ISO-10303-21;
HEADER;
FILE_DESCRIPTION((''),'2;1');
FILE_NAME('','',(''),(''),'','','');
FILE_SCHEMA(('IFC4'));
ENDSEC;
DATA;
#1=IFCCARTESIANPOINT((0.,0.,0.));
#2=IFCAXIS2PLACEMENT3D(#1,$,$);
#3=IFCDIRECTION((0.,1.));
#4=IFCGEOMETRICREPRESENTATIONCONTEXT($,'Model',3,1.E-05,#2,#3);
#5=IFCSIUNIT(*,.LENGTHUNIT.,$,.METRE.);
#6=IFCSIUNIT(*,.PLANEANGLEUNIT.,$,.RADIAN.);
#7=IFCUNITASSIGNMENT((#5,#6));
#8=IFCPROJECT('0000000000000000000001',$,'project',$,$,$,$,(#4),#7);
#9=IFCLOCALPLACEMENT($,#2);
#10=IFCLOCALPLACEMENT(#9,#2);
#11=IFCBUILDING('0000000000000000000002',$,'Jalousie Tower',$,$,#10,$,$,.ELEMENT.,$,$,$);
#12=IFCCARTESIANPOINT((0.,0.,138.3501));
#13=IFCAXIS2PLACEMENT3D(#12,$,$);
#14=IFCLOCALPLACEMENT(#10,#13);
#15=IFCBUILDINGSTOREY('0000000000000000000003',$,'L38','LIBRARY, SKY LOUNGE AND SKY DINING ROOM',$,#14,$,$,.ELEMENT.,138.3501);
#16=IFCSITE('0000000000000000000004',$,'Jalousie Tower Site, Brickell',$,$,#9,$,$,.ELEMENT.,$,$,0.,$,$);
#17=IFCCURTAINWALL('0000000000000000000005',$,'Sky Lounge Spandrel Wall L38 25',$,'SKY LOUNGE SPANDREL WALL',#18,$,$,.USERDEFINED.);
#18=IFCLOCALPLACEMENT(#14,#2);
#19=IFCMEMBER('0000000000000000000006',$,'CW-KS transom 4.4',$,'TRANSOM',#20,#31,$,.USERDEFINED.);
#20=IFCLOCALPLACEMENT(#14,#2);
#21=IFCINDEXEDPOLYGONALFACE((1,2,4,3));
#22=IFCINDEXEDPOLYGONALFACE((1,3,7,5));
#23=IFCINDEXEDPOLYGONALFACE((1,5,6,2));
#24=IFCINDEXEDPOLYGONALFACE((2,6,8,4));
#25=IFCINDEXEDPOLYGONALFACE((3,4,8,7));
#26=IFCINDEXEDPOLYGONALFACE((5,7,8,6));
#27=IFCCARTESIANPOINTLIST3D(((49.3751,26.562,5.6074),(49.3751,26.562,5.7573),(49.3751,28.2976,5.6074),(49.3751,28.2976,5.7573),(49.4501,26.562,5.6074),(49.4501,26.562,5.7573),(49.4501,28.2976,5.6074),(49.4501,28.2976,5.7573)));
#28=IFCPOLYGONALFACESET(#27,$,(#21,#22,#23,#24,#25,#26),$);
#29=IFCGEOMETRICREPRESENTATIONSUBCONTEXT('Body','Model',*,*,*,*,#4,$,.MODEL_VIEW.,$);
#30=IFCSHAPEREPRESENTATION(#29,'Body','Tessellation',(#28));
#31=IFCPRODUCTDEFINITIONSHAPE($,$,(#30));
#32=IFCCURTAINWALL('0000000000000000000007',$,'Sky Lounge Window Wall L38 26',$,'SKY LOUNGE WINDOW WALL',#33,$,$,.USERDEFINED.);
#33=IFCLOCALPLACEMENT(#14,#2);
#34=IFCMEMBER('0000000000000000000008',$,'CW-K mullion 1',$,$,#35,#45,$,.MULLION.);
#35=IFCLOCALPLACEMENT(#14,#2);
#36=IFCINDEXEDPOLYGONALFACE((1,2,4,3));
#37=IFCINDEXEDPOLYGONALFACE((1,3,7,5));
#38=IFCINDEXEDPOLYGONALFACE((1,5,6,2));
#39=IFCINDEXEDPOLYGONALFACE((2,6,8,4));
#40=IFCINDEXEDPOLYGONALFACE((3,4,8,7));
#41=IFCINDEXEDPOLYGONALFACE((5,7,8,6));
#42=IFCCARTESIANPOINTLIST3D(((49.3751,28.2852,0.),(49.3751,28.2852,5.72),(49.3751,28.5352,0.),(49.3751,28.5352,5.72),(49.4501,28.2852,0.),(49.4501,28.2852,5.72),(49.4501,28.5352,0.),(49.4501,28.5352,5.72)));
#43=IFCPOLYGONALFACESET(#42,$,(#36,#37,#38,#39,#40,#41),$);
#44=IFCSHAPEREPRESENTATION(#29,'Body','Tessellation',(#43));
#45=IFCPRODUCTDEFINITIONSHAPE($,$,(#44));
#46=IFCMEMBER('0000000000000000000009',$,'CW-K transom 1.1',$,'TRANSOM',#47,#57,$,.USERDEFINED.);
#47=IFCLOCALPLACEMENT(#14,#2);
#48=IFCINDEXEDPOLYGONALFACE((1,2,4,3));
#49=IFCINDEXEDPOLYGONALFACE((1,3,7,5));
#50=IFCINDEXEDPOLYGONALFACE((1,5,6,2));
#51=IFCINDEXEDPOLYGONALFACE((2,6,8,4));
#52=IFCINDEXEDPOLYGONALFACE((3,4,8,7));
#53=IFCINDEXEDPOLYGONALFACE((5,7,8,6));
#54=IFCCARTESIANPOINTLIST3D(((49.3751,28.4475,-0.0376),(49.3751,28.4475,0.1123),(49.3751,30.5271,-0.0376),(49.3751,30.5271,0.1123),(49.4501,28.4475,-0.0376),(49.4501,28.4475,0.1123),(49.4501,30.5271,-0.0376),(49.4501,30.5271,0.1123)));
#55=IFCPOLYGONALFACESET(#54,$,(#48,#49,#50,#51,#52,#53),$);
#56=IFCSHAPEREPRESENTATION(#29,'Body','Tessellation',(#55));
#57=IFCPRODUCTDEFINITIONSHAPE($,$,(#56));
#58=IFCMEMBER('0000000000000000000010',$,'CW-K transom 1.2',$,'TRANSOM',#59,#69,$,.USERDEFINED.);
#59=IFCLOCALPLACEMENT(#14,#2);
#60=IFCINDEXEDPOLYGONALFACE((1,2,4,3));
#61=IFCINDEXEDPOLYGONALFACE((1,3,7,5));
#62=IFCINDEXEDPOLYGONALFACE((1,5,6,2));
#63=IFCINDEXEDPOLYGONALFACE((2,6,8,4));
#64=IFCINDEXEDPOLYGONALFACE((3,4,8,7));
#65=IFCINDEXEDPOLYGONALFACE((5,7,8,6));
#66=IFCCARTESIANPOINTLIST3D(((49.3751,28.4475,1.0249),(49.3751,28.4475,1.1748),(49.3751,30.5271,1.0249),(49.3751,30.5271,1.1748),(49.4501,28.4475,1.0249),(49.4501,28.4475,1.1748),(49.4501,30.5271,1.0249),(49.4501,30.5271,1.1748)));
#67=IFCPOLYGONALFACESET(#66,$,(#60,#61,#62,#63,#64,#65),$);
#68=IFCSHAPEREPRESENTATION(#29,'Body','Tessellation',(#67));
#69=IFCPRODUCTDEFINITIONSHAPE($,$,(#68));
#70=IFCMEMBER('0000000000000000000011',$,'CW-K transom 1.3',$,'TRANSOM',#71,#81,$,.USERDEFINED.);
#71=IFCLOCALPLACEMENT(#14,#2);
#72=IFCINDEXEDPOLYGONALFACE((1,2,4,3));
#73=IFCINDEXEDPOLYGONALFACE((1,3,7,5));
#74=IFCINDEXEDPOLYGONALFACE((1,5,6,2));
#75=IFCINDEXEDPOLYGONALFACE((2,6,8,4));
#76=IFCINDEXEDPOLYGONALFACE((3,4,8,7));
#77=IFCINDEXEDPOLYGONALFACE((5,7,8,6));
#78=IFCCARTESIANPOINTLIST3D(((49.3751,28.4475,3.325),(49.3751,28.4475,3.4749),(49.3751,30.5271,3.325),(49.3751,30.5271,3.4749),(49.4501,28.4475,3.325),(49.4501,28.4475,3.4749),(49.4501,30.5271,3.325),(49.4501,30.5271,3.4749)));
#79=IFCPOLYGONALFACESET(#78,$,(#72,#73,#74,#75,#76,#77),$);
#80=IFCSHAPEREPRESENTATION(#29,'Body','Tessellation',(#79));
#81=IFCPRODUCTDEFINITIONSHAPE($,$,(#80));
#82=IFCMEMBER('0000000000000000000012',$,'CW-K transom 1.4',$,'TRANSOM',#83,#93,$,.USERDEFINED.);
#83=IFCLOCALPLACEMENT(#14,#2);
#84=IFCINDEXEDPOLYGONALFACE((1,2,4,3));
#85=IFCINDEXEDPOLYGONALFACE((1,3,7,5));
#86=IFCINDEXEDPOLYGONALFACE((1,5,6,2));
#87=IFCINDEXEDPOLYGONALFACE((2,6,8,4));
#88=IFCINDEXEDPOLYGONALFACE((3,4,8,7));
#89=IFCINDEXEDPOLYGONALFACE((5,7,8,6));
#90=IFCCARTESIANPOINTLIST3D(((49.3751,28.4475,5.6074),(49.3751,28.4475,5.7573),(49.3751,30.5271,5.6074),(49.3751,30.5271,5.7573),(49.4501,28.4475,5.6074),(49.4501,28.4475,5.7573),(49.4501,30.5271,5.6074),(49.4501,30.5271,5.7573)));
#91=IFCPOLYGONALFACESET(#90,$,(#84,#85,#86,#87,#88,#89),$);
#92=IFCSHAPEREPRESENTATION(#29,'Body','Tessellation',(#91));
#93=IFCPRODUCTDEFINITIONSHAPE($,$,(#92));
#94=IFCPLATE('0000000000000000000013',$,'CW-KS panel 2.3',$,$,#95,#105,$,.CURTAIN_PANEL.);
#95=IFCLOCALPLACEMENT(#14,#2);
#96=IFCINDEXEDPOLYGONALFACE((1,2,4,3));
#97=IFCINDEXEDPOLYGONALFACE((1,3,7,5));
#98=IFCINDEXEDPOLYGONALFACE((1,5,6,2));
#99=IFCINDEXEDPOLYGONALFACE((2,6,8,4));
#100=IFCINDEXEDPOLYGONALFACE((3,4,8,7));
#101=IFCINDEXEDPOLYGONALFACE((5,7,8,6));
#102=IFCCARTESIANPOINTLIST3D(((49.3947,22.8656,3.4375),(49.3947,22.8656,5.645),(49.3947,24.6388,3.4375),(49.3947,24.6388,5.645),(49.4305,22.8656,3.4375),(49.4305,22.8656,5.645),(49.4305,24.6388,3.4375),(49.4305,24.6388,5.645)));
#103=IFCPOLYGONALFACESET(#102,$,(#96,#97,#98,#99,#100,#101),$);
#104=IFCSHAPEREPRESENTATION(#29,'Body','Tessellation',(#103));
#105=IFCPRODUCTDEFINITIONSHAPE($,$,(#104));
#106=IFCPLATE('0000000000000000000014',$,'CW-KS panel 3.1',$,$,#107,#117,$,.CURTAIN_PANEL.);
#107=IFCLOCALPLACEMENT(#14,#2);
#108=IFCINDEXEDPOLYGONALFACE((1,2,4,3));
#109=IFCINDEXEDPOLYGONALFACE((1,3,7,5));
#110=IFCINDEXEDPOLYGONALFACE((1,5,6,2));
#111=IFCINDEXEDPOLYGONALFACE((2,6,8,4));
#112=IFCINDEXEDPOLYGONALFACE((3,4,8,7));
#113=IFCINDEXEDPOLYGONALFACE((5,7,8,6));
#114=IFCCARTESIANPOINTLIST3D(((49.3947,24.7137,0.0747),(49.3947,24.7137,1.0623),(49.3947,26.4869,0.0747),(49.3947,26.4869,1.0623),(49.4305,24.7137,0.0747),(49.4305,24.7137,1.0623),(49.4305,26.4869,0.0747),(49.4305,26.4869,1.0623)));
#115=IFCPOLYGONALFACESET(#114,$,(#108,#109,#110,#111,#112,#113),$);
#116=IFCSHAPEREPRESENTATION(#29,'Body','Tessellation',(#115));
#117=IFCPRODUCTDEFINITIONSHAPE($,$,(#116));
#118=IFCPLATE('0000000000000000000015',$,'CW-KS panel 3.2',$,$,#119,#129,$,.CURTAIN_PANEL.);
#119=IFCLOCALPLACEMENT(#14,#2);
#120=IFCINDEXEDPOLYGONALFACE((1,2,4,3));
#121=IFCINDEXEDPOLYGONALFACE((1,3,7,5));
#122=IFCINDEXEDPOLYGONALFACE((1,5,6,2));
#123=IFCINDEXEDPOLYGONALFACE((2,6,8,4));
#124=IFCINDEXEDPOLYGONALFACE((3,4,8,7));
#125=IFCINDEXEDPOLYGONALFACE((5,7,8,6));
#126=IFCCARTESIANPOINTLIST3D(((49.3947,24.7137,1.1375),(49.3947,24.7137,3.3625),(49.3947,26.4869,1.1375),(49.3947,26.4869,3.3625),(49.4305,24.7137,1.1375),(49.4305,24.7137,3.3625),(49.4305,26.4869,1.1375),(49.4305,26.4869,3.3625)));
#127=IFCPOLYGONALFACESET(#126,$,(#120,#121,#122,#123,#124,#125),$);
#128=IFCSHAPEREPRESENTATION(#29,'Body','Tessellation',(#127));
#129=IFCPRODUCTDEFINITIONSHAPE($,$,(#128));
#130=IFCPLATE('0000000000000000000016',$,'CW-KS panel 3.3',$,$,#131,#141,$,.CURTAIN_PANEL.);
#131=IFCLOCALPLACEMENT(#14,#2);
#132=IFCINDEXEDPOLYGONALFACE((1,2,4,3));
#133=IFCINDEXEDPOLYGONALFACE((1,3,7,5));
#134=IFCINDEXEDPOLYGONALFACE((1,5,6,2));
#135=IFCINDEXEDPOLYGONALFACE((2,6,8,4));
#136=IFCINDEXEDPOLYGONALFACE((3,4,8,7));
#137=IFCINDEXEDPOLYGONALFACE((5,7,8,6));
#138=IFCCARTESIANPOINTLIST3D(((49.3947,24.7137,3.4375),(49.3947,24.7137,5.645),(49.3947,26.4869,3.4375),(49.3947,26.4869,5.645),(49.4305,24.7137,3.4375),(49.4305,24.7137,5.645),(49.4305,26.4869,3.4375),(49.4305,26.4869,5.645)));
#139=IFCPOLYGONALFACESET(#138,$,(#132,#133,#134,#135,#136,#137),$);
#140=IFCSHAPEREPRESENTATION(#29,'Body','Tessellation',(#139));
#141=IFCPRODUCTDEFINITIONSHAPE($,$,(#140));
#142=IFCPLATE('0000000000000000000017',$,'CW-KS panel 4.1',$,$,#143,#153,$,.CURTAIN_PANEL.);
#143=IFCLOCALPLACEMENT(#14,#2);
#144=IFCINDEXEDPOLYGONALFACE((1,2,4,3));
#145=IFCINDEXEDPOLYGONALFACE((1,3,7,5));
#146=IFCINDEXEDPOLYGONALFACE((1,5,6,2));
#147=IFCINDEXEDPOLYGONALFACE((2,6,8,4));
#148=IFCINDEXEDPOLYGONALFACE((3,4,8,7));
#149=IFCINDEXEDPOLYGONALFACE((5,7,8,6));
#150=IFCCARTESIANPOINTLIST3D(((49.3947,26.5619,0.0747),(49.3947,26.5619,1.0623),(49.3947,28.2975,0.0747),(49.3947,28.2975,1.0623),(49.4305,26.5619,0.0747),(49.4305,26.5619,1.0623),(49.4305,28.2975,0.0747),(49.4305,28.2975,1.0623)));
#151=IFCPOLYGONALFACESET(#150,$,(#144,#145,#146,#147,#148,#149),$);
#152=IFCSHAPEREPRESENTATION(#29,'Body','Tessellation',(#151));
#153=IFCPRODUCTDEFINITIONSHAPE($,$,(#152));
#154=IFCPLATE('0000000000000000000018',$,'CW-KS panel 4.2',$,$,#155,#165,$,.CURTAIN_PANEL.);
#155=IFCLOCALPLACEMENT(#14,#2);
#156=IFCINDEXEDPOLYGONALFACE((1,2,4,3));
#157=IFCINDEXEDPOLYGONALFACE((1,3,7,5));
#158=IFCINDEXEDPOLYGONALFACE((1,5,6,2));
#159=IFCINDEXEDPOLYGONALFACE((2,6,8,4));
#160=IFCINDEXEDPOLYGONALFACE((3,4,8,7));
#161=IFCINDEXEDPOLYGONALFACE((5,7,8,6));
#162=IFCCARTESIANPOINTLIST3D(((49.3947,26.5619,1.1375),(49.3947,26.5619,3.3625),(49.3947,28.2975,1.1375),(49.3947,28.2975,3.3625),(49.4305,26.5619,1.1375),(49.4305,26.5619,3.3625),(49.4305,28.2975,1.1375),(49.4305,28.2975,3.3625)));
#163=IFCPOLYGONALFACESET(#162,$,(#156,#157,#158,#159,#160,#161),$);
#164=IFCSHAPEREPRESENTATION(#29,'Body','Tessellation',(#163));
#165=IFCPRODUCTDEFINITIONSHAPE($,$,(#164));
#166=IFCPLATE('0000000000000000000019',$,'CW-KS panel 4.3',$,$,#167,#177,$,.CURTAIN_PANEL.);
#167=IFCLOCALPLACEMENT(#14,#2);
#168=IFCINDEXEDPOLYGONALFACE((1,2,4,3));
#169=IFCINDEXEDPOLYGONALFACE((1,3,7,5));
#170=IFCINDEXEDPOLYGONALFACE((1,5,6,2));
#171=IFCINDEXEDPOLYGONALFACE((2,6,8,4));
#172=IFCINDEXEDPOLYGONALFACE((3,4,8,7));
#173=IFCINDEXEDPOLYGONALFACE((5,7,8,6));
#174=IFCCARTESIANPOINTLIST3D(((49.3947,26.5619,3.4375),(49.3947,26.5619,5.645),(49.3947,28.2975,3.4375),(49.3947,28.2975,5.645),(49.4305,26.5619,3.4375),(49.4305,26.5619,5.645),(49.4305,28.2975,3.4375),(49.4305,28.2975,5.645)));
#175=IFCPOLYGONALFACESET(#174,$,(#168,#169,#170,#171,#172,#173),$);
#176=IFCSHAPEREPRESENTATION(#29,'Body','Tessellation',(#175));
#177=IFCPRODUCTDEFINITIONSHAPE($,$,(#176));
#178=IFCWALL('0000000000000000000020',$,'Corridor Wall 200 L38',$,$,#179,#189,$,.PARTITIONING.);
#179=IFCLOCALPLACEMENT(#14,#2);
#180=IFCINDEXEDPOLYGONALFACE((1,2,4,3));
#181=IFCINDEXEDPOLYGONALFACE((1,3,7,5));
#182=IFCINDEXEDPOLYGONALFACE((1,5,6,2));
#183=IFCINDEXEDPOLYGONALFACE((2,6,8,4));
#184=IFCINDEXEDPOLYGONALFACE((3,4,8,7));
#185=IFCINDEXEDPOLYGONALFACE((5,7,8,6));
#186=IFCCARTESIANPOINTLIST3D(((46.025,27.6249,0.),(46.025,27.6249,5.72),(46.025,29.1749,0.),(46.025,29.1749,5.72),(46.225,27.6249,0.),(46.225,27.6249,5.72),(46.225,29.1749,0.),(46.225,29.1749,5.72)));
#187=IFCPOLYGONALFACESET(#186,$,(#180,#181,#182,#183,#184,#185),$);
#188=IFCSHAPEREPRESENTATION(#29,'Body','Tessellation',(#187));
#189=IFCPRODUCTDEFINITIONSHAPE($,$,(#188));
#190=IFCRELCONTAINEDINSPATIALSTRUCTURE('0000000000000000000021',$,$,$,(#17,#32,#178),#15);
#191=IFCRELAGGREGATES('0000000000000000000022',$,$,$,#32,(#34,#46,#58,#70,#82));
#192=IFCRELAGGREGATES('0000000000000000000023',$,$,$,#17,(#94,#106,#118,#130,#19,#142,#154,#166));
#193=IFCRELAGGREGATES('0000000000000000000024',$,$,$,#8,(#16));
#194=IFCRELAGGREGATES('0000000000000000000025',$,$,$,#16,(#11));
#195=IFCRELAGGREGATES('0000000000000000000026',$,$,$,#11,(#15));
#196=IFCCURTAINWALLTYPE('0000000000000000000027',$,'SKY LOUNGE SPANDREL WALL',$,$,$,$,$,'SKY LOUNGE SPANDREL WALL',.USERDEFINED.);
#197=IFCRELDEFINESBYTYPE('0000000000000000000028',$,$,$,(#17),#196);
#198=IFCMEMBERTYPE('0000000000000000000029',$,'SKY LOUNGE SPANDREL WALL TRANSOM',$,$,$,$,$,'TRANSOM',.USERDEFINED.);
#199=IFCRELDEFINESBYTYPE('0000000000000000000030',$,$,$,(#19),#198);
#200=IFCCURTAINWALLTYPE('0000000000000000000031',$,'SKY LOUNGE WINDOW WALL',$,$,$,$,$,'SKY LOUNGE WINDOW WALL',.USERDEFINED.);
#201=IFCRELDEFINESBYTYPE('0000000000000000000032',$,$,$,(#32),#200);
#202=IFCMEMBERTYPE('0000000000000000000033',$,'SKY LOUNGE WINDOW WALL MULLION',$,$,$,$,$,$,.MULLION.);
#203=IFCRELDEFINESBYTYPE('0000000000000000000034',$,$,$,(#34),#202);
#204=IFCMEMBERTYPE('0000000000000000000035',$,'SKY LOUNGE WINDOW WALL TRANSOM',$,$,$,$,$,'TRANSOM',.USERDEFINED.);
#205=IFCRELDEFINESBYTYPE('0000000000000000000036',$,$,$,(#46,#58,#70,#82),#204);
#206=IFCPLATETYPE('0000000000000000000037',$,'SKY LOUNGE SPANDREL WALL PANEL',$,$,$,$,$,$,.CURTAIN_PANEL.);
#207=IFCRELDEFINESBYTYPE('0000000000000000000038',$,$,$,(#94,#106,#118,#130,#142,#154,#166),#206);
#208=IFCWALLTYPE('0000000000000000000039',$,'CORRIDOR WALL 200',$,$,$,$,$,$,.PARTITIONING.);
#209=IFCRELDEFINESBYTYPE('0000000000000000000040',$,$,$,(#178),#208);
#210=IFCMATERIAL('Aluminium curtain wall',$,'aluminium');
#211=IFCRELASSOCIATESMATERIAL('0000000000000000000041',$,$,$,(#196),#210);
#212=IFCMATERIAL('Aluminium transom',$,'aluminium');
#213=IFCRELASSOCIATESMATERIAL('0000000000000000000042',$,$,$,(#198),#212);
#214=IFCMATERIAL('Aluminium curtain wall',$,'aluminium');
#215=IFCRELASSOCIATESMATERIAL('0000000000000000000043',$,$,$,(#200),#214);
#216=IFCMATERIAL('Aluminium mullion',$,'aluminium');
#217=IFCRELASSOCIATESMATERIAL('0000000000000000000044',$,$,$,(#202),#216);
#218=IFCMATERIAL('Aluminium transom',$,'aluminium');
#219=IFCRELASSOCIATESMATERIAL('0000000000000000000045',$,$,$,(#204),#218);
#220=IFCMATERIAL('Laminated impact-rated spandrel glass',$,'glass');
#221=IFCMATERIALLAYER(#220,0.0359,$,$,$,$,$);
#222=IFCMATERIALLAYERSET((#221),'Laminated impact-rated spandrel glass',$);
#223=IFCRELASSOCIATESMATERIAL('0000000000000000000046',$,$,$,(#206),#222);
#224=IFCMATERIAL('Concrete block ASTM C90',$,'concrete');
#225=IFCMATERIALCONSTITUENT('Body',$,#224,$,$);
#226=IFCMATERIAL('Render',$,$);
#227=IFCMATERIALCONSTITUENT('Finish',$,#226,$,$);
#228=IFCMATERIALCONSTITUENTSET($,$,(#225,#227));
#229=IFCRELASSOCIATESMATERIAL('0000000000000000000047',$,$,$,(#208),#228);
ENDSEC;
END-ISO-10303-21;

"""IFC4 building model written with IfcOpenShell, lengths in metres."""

from ifc_helpers import new_model, si_unit, direction, frame, frame_2d, origin, origin_2d, place, context, subcontext, project, spatial, rectangle, extrude, material, layer, layer_set, constituent, constituent_set, material_profile, profile_set, type_object, element, aggregate, save


model = new_model("IFC4")

# Units and contexts
model_context = context("Model", 3, precision=1e-05, world=origin(), true_north=direction((0.0, 1.0)))
body_context = subcontext(model_context, "Body", "Model", "MODEL_VIEW")
ifc_project = project(units=[si_unit("LENGTHUNIT", "METRE"), si_unit("PLANEANGLEUNIT", "RADIAN")], contexts=[model_context])

# Site, building, storey
site_placement = place(None, origin())
site = spatial("IfcSite", under=ifc_project, at=site_placement, Name="Jalousie Tower Site, Brickell", CompositionType="ELEMENT", RefElevation=0.0)
building_placement = place(site_placement, origin())
building = spatial("IfcBuilding", under=site, at=building_placement, Name="Jalousie Tower", CompositionType="ELEMENT")
storey_placement = place(building_placement, frame((0.0, 0.0, 138.3501)))
storey = spatial("IfcBuildingStorey", under=building, at=storey_placement, Name="L38", Description="LIBRARY, SKY LOUNGE AND SKY DINING ROOM", CompositionType="ELEMENT", Elevation=138.3501)

# Curtain walls, members
ifc_material_1 = material(Name="Aluminium curtain wall", Category="aluminium")
curtain_wall_type_1 = type_object("IfcCurtainWallType", Name="SKY LOUNGE SPANDREL WALL", ElementType="SKY LOUNGE SPANDREL WALL", PredefinedType="USERDEFINED", material=ifc_material_1)
curtain_wall_1_placement = place(storey_placement, origin())
curtain_wall_1 = element("IfcCurtainWall", 1, at=curtain_wall_1_placement, inside=storey, type_object=curtain_wall_type_1, Name="Sky Lounge Spandrel Wall L38 25", ObjectType="SKY LOUNGE SPANDREL WALL", PredefinedType="USERDEFINED")
ifc_material_2 = material(Name="Aluminium transom", Category="aluminium")
ifc_material_profile_1 = material_profile(ifc_material_2, rectangle(XDim=0.075, YDim=0.1499, at=origin_2d()), Name="TRANSOM 75x150")
ifc_profile_set_1 = profile_set([ifc_material_profile_1], Name="Aluminium transom")
member_type_1 = type_object("IfcMemberType", Name="SKY LOUNGE SPANDREL WALL TRANSOM", ElementType="TRANSOM", PredefinedType="USERDEFINED", material=ifc_profile_set_1)
member_1_placement = place(storey_placement, frame((49.4126, 26.562, 5.6824), z_axis=(0.0, 1.0, 0.0), x_axis=(-1.0, 0.0, 0.0)))
member_1 = element("IfcMember", 2, at=member_1_placement, type_object=member_type_1, Name="CW-KS transom 4.4", ObjectType="TRANSOM", PredefinedType="USERDEFINED", context=body_context, shape_type="SweptSolid", body=[
    extrude(rectangle(XDim=0.075, YDim=0.1499, at=origin_2d()), origin(), (0.0, 0.0, 1.0), 1.7356),
])
ifc_material_3 = material(Name="Aluminium curtain wall", Category="aluminium")
curtain_wall_type_2 = type_object("IfcCurtainWallType", Name="SKY LOUNGE WINDOW WALL", ElementType="SKY LOUNGE WINDOW WALL", PredefinedType="USERDEFINED", material=ifc_material_3)
curtain_wall_2_placement = place(storey_placement, origin())
curtain_wall_2 = element("IfcCurtainWall", 3, at=curtain_wall_2_placement, inside=storey, type_object=curtain_wall_type_2, Name="Sky Lounge Window Wall L38 26", ObjectType="SKY LOUNGE WINDOW WALL", PredefinedType="USERDEFINED")
ifc_material_4 = material(Name="Aluminium mullion", Category="aluminium")
ifc_material_profile_2 = material_profile(ifc_material_4, rectangle(XDim=0.075, YDim=0.25, at=origin_2d()), Name="MULLION 75x250")
ifc_profile_set_2 = profile_set([ifc_material_profile_2], Name="Aluminium mullion")
member_type_2 = type_object("IfcMemberType", Name="SKY LOUNGE WINDOW WALL MULLION", PredefinedType="MULLION", material=ifc_profile_set_2)
member_2_placement = place(storey_placement, frame((49.4126, 28.4102, 0.0), z_axis=(0.0, 0.0, 1.0), x_axis=(-1.0, 0.0, 0.0)))
member_2 = element("IfcMember", 4, at=member_2_placement, type_object=member_type_2, Name="CW-K mullion 1", PredefinedType="MULLION", context=body_context, shape_type="SweptSolid", body=[
    extrude(rectangle(XDim=0.075, YDim=0.25, at=origin_2d()), origin(), (0.0, 0.0, 1.0), 5.72),
])
ifc_material_5 = material(Name="Aluminium transom", Category="aluminium")
ifc_material_profile_3 = material_profile(ifc_material_5, rectangle(XDim=0.075, YDim=0.1499, at=origin_2d()), Name="TRANSOM 75x150")
ifc_profile_set_3 = profile_set([ifc_material_profile_3], Name="Aluminium transom")
member_type_3 = type_object("IfcMemberType", Name="SKY LOUNGE WINDOW WALL TRANSOM", ElementType="TRANSOM", PredefinedType="USERDEFINED", material=ifc_profile_set_3)
member_3_placement = place(storey_placement, frame((49.4126, 28.4475, 0.0374), z_axis=(0.0, 1.0, 0.0), x_axis=(-1.0, 0.0, 0.0)))
member_3 = element("IfcMember", 5, at=member_3_placement, type_object=member_type_3, Name="CW-K transom 1.1", ObjectType="TRANSOM", PredefinedType="USERDEFINED", context=body_context, shape_type="SweptSolid", body=[
    extrude(rectangle(XDim=0.075, YDim=0.1499, at=origin_2d()), origin(), (0.0, 0.0, 1.0), 2.0796),
])
member_4_placement = place(storey_placement, frame((49.4126, 28.4475, 1.0999), z_axis=(0.0, 1.0, 0.0), x_axis=(-1.0, 0.0, 0.0)))
member_4 = element("IfcMember", 6, at=member_4_placement, type_object=member_type_3, Name="CW-K transom 1.2", ObjectType="TRANSOM", PredefinedType="USERDEFINED", context=body_context, shape_type="SweptSolid", body=[
    extrude(rectangle(XDim=0.075, YDim=0.1499, at=origin_2d()), origin(), (0.0, 0.0, 1.0), 2.0796),
])
member_5_placement = place(storey_placement, frame((49.4126, 28.4475, 3.3999), z_axis=(0.0, 1.0, 0.0), x_axis=(-1.0, 0.0, 0.0)))
member_5 = element("IfcMember", 7, at=member_5_placement, type_object=member_type_3, Name="CW-K transom 1.3", ObjectType="TRANSOM", PredefinedType="USERDEFINED", context=body_context, shape_type="SweptSolid", body=[
    extrude(rectangle(XDim=0.075, YDim=0.1499, at=origin_2d()), origin(), (0.0, 0.0, 1.0), 2.0796),
])
member_6_placement = place(storey_placement, frame((49.4126, 28.4475, 5.6824), z_axis=(0.0, 1.0, 0.0), x_axis=(-1.0, 0.0, 0.0)))
member_6 = element("IfcMember", 8, at=member_6_placement, type_object=member_type_3, Name="CW-K transom 1.4", ObjectType="TRANSOM", PredefinedType="USERDEFINED", context=body_context, shape_type="SweptSolid", body=[
    extrude(rectangle(XDim=0.075, YDim=0.1499, at=origin_2d()), origin(), (0.0, 0.0, 1.0), 2.0796),
])
aggregate(curtain_wall_2, [member_2, member_3, member_4, member_5, member_6])

# Plates
ifc_material_6 = material(Name="Laminated impact-rated spandrel glass", Category="glass")
ifc_layer = layer(ifc_material_6, 0.0359)
ifc_layer_set = layer_set([ifc_layer], Name="Laminated impact-rated spandrel glass")
plate_type = type_object("IfcPlateType", Name="SKY LOUNGE SPANDREL WALL PANEL", PredefinedType="CURTAIN_PANEL", material=ifc_layer_set)
plate_1_placement = place(storey_placement, frame((49.4126, 23.7522, 3.4375), z_axis=(0.0, 0.0, 1.0), x_axis=(0.0, 1.0, 0.0)))
plate_1 = element("IfcPlate", 9, at=plate_1_placement, type_object=plate_type, Name="CW-KS panel 2.3", PredefinedType="CURTAIN_PANEL", context=body_context, shape_type="SweptSolid", body=[
    extrude(rectangle(XDim=1.7732, YDim=0.0359, at=origin_2d()), origin(), (0.0, 0.0, 1.0), 2.2075),
])
plate_2_placement = place(storey_placement, frame((49.4126, 25.6003, 0.0747), z_axis=(0.0, 0.0, 1.0), x_axis=(0.0, 1.0, 0.0)))
plate_2 = element("IfcPlate", 10, at=plate_2_placement, type_object=plate_type, Name="CW-KS panel 3.1", PredefinedType="CURTAIN_PANEL", context=body_context, shape_type="SweptSolid", body=[
    extrude(rectangle(XDim=1.7732, YDim=0.0359, at=origin_2d()), origin(), (0.0, 0.0, 1.0), 0.9875),
])
plate_3_placement = place(storey_placement, frame((49.4126, 25.6003, 1.1375), z_axis=(0.0, 0.0, 1.0), x_axis=(0.0, 1.0, 0.0)))
plate_3 = element("IfcPlate", 11, at=plate_3_placement, type_object=plate_type, Name="CW-KS panel 3.2", PredefinedType="CURTAIN_PANEL", context=body_context, shape_type="SweptSolid", body=[
    extrude(rectangle(XDim=1.7732, YDim=0.0359, at=origin_2d()), origin(), (0.0, 0.0, 1.0), 2.2251),
])
plate_4_placement = place(storey_placement, frame((49.4126, 25.6003, 3.4375), z_axis=(0.0, 0.0, 1.0), x_axis=(0.0, 1.0, 0.0)))
plate_4 = element("IfcPlate", 12, at=plate_4_placement, type_object=plate_type, Name="CW-KS panel 3.3", PredefinedType="CURTAIN_PANEL", context=body_context, shape_type="SweptSolid", body=[
    extrude(rectangle(XDim=1.7732, YDim=0.0359, at=origin_2d()), origin(), (0.0, 0.0, 1.0), 2.2075),
])
plate_5_placement = place(storey_placement, frame((49.4126, 27.4297, 0.0747), z_axis=(0.0, 0.0, 1.0), x_axis=(0.0, 1.0, 0.0)))
plate_5 = element("IfcPlate", 13, at=plate_5_placement, type_object=plate_type, Name="CW-KS panel 4.1", PredefinedType="CURTAIN_PANEL", context=body_context, shape_type="SweptSolid", body=[
    extrude(rectangle(XDim=1.7356, YDim=0.0359, at=origin_2d()), origin(), (0.0, 0.0, 1.0), 0.9875),
])
plate_6_placement = place(storey_placement, frame((49.4126, 27.4297, 1.1375), z_axis=(0.0, 0.0, 1.0), x_axis=(0.0, 1.0, 0.0)))
plate_6 = element("IfcPlate", 14, at=plate_6_placement, type_object=plate_type, Name="CW-KS panel 4.2", PredefinedType="CURTAIN_PANEL", context=body_context, shape_type="SweptSolid", body=[
    extrude(rectangle(XDim=1.7356, YDim=0.0359, at=origin_2d()), origin(), (0.0, 0.0, 1.0), 2.2251),
])
plate_7_placement = place(storey_placement, frame((49.4126, 27.4297, 3.4375), z_axis=(0.0, 0.0, 1.0), x_axis=(0.0, 1.0, 0.0)))
plate_7 = element("IfcPlate", 15, at=plate_7_placement, type_object=plate_type, Name="CW-KS panel 4.3", PredefinedType="CURTAIN_PANEL", context=body_context, shape_type="SweptSolid", body=[
    extrude(rectangle(XDim=1.7356, YDim=0.0359, at=origin_2d()), origin(), (0.0, 0.0, 1.0), 2.2075),
])
aggregate(curtain_wall_1, [plate_1, plate_2, plate_3, plate_4, member_1, plate_5, plate_6, plate_7])

# Wall
ifc_material_7 = material(Name="Concrete block ASTM C90", Category="concrete")
ifc_constituent_1 = constituent(ifc_material_7, Name="Body")
ifc_material_8 = material(Name="Render")
ifc_constituent_2 = constituent(ifc_material_8, Name="Finish")
ifc_constituent_set = constituent_set(constituents=[ifc_constituent_1, ifc_constituent_2])
wall_type = type_object("IfcWallType", Name="CORRIDOR WALL 200", PredefinedType="PARTITIONING", material=ifc_constituent_set)
wall_placement = place(storey_placement, frame((46.125, 27.625, 0.0), z_axis=(0.0, 0.0, 1.0), x_axis=(0.0, 1.0, 0.0)))
element("IfcWall", 16, at=wall_placement, inside=storey, type_object=wall_type, Name="Corridor Wall 200 L38", PredefinedType="PARTITIONING", context=body_context, shape_type="SweptSolid", body=[
    extrude(rectangle(XDim=1.55, YDim=0.2, at=frame_2d((0.7749, 0.0))), origin(), (0.0, 0.0, 1.0), 5.72),
])

save(model, "model.ifc")
